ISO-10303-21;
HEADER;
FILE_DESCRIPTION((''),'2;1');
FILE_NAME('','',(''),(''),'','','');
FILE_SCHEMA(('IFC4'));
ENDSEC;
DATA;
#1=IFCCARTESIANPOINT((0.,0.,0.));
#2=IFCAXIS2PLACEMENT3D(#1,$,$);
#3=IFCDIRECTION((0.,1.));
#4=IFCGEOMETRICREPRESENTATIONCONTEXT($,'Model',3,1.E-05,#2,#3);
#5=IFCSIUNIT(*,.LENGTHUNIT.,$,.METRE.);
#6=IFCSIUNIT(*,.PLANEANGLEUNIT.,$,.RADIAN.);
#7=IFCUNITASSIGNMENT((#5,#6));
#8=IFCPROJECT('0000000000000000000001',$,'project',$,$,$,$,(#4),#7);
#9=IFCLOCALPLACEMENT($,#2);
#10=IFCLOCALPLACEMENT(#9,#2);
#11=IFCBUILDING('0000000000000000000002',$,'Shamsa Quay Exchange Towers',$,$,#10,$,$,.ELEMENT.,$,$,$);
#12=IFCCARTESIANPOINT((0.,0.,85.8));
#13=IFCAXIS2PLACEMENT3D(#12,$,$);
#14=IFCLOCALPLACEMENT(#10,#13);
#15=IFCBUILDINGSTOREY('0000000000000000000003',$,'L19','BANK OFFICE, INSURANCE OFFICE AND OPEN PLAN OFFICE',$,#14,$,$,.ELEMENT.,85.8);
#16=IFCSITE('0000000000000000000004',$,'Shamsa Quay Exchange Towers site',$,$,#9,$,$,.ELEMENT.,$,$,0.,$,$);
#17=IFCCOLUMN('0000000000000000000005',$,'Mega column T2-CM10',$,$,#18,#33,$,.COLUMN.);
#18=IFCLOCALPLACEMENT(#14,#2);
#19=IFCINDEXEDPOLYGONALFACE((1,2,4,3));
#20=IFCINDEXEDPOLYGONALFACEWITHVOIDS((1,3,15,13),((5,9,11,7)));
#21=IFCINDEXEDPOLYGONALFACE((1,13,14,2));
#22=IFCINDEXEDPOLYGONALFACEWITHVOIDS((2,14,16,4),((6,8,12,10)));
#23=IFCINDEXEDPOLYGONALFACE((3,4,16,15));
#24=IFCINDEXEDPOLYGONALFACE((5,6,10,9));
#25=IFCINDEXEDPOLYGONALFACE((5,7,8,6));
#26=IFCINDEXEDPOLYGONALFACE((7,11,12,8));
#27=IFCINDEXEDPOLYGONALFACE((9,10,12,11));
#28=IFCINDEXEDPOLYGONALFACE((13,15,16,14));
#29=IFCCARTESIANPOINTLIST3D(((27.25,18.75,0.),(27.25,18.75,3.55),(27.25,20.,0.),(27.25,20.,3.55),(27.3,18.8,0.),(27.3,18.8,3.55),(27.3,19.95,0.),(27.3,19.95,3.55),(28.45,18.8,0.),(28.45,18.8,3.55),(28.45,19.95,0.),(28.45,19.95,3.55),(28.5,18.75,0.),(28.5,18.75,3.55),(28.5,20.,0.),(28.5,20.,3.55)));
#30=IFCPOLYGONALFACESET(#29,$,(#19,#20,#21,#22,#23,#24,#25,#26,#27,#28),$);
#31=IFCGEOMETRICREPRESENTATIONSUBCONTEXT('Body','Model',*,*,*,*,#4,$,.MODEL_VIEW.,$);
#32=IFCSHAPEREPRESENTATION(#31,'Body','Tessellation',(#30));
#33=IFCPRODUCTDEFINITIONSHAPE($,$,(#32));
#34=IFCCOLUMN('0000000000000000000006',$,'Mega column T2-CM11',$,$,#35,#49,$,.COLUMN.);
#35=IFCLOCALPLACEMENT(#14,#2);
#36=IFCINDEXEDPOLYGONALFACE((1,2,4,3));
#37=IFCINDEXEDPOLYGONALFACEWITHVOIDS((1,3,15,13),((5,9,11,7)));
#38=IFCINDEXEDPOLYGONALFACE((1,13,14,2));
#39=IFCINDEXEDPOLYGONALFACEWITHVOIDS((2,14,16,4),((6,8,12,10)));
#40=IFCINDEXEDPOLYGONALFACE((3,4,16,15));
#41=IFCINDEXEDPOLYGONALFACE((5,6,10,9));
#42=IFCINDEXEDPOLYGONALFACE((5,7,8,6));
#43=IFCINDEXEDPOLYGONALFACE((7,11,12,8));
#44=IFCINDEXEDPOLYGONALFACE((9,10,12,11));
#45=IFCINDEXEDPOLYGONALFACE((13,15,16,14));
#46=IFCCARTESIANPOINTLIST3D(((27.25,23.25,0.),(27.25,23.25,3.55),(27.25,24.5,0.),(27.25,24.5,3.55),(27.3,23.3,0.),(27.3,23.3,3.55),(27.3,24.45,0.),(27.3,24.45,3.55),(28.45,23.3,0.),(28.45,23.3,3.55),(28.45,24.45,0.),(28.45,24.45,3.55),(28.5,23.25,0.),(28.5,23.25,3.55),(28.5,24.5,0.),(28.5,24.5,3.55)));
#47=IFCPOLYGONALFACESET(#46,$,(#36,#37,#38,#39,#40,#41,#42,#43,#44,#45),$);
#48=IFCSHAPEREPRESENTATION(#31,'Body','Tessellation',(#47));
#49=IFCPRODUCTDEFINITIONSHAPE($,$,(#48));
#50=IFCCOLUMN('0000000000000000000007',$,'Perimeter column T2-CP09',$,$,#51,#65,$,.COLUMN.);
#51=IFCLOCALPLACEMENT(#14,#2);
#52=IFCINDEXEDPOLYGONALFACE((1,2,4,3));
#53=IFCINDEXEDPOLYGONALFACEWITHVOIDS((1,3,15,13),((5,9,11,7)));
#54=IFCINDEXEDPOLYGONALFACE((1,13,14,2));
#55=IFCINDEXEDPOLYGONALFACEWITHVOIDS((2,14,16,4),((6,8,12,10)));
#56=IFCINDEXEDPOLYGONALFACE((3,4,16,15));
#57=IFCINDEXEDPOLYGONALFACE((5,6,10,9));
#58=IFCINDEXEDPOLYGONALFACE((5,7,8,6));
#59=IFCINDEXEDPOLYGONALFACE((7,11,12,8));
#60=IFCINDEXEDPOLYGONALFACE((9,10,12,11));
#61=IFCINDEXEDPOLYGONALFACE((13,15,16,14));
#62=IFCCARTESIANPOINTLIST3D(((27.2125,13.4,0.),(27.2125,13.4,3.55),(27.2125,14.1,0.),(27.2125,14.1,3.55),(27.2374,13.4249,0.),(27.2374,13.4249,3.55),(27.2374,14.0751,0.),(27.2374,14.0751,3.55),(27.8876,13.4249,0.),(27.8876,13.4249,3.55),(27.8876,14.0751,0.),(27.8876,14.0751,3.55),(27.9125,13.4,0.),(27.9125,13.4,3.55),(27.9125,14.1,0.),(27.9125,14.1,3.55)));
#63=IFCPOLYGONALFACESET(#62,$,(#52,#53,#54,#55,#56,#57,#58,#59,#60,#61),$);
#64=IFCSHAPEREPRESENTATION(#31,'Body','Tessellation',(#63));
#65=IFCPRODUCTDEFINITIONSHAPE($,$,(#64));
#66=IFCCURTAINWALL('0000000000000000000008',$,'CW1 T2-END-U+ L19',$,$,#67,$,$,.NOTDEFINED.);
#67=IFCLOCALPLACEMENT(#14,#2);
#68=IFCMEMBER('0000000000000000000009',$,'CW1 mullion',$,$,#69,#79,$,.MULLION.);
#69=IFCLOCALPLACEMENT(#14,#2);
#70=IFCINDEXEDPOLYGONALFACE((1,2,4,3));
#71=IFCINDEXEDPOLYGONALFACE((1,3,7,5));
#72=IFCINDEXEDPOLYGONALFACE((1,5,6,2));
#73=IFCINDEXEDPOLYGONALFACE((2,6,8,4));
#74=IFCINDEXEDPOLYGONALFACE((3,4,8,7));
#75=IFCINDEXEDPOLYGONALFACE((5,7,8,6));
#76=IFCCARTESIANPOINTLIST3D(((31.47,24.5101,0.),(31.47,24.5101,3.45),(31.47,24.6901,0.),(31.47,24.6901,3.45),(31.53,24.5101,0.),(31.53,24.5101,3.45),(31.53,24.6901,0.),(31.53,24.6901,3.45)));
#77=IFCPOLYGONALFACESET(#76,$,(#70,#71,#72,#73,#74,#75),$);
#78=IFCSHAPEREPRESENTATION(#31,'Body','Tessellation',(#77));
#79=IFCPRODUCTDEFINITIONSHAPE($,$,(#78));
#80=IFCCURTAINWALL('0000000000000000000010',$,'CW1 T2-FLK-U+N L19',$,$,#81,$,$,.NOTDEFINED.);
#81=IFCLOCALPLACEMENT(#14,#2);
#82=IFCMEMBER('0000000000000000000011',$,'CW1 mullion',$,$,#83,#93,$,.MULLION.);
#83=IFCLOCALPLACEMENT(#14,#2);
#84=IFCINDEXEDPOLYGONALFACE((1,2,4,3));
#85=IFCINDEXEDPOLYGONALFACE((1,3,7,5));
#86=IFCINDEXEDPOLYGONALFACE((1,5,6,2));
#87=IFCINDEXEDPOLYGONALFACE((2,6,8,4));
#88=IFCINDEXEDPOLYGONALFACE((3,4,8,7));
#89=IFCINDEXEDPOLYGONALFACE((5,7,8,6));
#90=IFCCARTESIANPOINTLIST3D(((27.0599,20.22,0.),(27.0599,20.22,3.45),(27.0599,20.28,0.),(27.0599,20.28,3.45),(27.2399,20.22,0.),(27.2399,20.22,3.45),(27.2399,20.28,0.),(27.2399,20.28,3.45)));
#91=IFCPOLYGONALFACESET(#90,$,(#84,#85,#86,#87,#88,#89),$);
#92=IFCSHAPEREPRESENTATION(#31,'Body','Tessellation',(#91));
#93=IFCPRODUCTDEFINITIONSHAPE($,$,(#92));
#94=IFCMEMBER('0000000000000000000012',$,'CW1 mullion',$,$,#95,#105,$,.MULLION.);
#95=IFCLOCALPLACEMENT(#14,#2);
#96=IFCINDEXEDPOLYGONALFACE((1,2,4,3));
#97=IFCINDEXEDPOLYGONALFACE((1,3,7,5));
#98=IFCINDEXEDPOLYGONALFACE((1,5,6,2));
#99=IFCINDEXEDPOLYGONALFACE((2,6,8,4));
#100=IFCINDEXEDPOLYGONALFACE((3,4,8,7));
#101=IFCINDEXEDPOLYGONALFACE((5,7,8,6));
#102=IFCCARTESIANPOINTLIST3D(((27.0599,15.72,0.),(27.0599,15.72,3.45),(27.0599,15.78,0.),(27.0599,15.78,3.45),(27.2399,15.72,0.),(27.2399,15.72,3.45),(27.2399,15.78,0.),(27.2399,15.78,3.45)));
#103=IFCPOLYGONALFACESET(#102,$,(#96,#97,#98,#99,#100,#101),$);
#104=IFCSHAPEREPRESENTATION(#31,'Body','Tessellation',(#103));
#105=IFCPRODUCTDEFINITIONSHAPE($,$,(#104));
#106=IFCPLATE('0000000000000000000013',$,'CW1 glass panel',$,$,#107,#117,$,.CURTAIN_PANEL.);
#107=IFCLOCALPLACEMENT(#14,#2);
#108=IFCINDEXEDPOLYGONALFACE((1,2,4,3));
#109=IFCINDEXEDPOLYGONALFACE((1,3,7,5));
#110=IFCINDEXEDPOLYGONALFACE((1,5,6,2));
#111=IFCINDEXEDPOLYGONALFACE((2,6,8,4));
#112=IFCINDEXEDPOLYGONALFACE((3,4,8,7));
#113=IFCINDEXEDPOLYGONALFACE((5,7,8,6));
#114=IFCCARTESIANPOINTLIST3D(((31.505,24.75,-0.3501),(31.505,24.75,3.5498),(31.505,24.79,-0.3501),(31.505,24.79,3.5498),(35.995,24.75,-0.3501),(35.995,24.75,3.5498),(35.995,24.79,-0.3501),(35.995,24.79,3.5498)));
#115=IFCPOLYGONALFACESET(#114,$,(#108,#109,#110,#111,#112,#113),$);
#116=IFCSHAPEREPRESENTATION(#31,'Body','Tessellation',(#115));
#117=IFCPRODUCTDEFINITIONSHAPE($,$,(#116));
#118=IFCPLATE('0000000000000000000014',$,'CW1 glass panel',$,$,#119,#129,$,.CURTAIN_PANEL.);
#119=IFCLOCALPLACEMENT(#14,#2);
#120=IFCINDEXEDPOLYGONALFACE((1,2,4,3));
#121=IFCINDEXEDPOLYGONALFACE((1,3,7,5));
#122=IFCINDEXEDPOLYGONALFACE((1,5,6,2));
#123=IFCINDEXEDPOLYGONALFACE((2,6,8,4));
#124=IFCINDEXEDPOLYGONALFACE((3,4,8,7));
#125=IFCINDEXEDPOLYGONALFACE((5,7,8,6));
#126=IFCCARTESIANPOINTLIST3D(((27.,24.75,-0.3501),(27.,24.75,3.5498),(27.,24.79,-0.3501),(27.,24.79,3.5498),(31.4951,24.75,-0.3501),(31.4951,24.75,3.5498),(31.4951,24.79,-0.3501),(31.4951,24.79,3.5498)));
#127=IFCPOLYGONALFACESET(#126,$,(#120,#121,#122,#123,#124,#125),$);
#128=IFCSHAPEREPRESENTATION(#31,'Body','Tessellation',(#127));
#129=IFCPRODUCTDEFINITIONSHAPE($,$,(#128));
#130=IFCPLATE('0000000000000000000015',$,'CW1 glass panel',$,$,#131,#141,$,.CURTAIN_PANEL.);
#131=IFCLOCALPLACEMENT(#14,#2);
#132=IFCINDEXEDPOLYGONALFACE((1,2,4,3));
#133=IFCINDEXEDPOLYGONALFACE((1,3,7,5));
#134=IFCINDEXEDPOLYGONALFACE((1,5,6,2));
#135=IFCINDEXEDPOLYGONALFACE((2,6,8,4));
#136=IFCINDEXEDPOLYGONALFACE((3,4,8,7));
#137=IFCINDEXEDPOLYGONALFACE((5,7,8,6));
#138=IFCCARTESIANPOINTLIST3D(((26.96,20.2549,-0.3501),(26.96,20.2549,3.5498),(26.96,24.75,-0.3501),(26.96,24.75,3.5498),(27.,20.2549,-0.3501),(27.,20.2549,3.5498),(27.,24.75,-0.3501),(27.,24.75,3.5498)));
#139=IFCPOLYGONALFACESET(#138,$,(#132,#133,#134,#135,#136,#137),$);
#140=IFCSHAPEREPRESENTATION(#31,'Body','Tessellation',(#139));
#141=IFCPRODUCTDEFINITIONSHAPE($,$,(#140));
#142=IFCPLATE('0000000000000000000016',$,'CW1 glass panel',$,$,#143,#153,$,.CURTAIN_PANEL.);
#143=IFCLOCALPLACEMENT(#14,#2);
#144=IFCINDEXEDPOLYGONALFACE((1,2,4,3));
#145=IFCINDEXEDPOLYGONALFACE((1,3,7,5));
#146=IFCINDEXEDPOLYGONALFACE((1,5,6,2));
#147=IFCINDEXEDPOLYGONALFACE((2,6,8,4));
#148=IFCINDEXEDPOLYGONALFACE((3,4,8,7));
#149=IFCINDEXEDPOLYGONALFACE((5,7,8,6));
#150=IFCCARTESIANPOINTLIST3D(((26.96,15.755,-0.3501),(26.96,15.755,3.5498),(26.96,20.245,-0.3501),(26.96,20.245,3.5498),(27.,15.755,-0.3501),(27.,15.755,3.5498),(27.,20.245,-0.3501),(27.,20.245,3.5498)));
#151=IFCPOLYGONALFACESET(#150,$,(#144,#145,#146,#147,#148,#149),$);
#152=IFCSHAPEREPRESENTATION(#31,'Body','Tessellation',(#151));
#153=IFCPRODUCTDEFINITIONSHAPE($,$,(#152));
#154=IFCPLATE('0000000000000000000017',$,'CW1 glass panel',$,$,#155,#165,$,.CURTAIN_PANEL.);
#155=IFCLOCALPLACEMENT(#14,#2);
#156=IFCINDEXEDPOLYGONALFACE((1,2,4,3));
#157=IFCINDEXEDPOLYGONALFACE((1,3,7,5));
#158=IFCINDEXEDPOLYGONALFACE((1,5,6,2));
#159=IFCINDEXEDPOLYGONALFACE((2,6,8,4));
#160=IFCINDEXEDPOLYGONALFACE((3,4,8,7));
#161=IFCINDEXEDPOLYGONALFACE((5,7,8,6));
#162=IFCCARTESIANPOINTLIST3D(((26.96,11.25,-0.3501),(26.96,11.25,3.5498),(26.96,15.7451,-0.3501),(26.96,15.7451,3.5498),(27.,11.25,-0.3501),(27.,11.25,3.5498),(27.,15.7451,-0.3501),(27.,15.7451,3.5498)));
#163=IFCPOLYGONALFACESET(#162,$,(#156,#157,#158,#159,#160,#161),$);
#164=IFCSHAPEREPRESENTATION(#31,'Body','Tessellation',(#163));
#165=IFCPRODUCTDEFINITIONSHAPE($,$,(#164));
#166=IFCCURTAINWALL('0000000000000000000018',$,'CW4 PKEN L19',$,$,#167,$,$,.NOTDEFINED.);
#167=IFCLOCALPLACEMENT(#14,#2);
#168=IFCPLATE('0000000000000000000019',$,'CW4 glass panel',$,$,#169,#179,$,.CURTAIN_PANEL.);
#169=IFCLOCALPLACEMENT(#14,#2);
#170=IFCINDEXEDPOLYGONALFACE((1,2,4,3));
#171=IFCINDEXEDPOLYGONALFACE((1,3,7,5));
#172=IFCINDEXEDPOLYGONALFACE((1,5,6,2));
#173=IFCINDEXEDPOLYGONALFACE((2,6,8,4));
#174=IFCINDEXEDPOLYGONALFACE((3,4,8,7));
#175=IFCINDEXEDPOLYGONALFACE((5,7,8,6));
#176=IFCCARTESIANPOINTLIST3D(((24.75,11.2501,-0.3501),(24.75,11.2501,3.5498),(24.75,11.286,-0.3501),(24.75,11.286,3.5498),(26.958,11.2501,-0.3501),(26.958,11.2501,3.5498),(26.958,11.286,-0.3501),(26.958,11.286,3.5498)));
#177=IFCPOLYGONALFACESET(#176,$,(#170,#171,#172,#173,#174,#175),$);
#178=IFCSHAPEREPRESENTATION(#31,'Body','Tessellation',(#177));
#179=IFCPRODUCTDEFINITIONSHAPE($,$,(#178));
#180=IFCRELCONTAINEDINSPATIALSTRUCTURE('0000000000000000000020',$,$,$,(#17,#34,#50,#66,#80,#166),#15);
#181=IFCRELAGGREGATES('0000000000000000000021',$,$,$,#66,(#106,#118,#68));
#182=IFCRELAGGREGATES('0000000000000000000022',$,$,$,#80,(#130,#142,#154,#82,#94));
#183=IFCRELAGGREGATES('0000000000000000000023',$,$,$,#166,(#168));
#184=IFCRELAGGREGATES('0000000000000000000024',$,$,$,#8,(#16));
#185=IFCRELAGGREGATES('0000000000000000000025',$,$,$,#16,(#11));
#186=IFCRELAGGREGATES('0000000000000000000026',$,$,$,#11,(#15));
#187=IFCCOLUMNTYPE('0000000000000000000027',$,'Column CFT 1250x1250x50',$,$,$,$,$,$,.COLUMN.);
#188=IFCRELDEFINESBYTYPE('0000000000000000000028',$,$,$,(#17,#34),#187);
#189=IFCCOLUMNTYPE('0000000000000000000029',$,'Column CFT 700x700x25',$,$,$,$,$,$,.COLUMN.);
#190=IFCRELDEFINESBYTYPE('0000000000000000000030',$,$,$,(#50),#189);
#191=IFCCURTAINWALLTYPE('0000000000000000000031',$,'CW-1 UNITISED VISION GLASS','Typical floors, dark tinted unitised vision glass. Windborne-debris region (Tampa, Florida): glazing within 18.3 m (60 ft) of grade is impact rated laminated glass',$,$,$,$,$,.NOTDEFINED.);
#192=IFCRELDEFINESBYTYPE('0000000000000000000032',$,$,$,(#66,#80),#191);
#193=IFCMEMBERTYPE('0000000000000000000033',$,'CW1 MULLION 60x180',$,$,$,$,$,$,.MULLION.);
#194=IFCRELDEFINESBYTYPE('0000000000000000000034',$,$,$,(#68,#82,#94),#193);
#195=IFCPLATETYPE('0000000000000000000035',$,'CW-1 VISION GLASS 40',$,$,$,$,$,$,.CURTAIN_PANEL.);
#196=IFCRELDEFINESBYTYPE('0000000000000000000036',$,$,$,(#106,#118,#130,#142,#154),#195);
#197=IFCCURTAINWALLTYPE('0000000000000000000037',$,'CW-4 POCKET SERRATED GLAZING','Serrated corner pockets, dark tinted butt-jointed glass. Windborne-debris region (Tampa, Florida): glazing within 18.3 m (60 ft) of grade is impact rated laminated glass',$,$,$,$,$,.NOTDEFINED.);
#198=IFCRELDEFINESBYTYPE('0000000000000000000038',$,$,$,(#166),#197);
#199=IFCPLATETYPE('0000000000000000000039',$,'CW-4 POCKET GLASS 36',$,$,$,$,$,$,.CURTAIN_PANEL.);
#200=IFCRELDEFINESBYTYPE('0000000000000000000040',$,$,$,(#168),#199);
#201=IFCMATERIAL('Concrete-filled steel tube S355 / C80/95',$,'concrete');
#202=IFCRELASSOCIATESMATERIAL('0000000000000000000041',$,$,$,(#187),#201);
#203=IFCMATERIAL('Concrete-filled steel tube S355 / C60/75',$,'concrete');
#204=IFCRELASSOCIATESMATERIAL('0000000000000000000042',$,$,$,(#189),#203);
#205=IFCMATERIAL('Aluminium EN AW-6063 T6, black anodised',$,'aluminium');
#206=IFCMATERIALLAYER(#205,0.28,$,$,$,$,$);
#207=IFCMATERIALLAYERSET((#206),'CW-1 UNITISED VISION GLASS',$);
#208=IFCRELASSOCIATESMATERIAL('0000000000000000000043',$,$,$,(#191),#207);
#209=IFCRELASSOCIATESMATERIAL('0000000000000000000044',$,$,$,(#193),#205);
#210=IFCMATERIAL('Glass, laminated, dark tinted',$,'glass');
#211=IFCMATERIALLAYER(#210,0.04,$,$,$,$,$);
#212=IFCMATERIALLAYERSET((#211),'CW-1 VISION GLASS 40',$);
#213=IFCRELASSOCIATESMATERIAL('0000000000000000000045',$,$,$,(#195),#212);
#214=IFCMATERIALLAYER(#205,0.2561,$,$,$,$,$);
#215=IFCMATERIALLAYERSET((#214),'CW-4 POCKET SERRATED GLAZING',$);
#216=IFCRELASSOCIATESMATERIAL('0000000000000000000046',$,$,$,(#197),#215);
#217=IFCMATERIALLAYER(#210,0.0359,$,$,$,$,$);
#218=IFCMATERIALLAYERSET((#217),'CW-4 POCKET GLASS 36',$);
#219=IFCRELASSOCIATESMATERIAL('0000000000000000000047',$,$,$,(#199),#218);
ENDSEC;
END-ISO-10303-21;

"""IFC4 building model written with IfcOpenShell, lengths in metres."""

from ifc_helpers import new_model, si_unit, direction, frame, origin, origin_2d, place, context, subcontext, project, spatial, rectangle, hollow_rectangle, extrude, material, layer, layer_set, material_profile, profile_set, type_object, element, aggregate, save


model = new_model("IFC4")

# Units and contexts
model_context = context("Model", 3, precision=1e-05, world=origin(), true_north=direction((0.0, 1.0)))
body_context = subcontext(model_context, "Body", "Model", "MODEL_VIEW")
ifc_project = project(units=[si_unit("LENGTHUNIT", "METRE"), si_unit("PLANEANGLEUNIT", "RADIAN")], contexts=[model_context])

# Site, building, storey
site_placement = place(None, origin())
site = spatial("IfcSite", under=ifc_project, at=site_placement, Name="Shamsa Quay Exchange Towers site", CompositionType="ELEMENT", RefElevation=0.0)
building_placement = place(site_placement, origin())
building = spatial("IfcBuilding", under=site, at=building_placement, Name="Shamsa Quay Exchange Towers", CompositionType="ELEMENT")
storey_placement = place(building_placement, frame((0.0, 0.0, 85.8)))
storey = spatial("IfcBuildingStorey", under=building, at=storey_placement, Name="L19", Description="BANK OFFICE, INSURANCE OFFICE AND OPEN PLAN OFFICE", CompositionType="ELEMENT", Elevation=85.8)

# Columns
ifc_material_1 = material(Name="Concrete-filled steel tube S355 / C80/95", Category="concrete")
ifc_material_profile_1 = material_profile(ifc_material_1, hollow_rectangle(XDim=1.25, YDim=1.25, WallThickness=0.05, at=origin_2d()), Name="CFT 1250x1250x50")
ifc_profile_set_1 = profile_set([ifc_material_profile_1], Name="Concrete-filled steel tube S355 / C80/95")
column_type_1 = type_object("IfcColumnType", Name="Column CFT 1250x1250x50", PredefinedType="COLUMN", material=ifc_profile_set_1)
for number, where, name in (
    (1, (27.875, 19.375, 0.0), "Mega column T2-CM10"),
    (2, (27.875, 23.875, 0.0), "Mega column T2-CM11"),
):
    element("IfcColumn", number, at=place(storey_placement, frame(where)), inside=storey, type_object=column_type_1, Name=name, PredefinedType="COLUMN", context=body_context, shape_type="SweptSolid", body=[
        extrude(hollow_rectangle(XDim=1.25, YDim=1.25, WallThickness=0.05, at=origin_2d()), origin(), (0.0, 0.0, 1.0), 3.55),
    ])
ifc_material_2 = material(Name="Concrete-filled steel tube S355 / C60/75", Category="concrete")
ifc_material_profile_2 = material_profile(ifc_material_2, hollow_rectangle(XDim=0.7, YDim=0.7, WallThickness=0.0249, at=origin_2d()), Name="CFT 700x700x25")
ifc_profile_set_2 = profile_set([ifc_material_profile_2], Name="Concrete-filled steel tube S355 / C60/75")
column_type_2 = type_object("IfcColumnType", Name="Column CFT 700x700x25", PredefinedType="COLUMN", material=ifc_profile_set_2)
column_placement = place(storey_placement, frame((27.5625, 13.75, 0.0)))
element("IfcColumn", 3, at=column_placement, inside=storey, type_object=column_type_2, Name="Perimeter column T2-CP09", PredefinedType="COLUMN", context=body_context, shape_type="SweptSolid", body=[
    extrude(hollow_rectangle(XDim=0.7, YDim=0.7, WallThickness=0.0249, at=origin_2d()), origin(), (0.0, 0.0, 1.0), 3.55),
])

# Curtain wall, member
ifc_material_3 = material(Name="Aluminium EN AW-6063 T6, black anodised", Category="aluminium")
ifc_layer_1 = layer(ifc_material_3, 0.28)
ifc_layer_set_1 = layer_set([ifc_layer_1], Name="CW-1 UNITISED VISION GLASS")
curtain_wall_type_1 = type_object("IfcCurtainWallType", Name="CW-1 UNITISED VISION GLASS", Description="Typical floors, dark tinted unitised vision glass. Windborne-debris region (Tampa, Florida): glazing within 18.3 m (60 ft) of grade is impact rated laminated glass", PredefinedType="NOTDEFINED", material=ifc_layer_set_1)
curtain_wall_1_placement = place(storey_placement, origin())
curtain_wall_1 = element("IfcCurtainWall", 4, at=curtain_wall_1_placement, inside=storey, type_object=curtain_wall_type_1, Name="CW1 T2-END-U+ L19", PredefinedType="NOTDEFINED")
ifc_material_profile_3 = material_profile(ifc_material_3, rectangle(XDim=0.1799, YDim=0.0601, at=origin_2d()), Name="MU60x180")
ifc_profile_set_3 = profile_set([ifc_material_profile_3], Name="Aluminium EN AW-6063 T6, black anodised")
member_type = type_object("IfcMemberType", Name="CW1 MULLION 60x180", PredefinedType="MULLION", material=ifc_profile_set_3)
member_1_placement = place(storey_placement, frame((31.5, 24.6001, 0.0), z_axis=(0.0, 0.0, 1.0), x_axis=(0.0, -1.0, 0.0)))
member_1 = element("IfcMember", 5, at=member_1_placement, type_object=member_type, Name="CW1 mullion", PredefinedType="MULLION", context=body_context, shape_type="SweptSolid", body=[
    extrude(rectangle(XDim=0.1799, YDim=0.0601, at=origin_2d()), origin(), (0.0, 0.0, 1.0), 3.45),
])

# Curtain wall, members
curtain_wall_2_placement = place(storey_placement, origin())
curtain_wall_2 = element("IfcCurtainWall", 6, at=curtain_wall_2_placement, inside=storey, type_object=curtain_wall_type_1, Name="CW1 T2-FLK-U+N L19", PredefinedType="NOTDEFINED")
member_2_placement = place(storey_placement, frame((27.1499, 20.25, 0.0)))
member_2 = element("IfcMember", 7, at=member_2_placement, type_object=member_type, Name="CW1 mullion", PredefinedType="MULLION", context=body_context, shape_type="SweptSolid", body=[
    extrude(rectangle(XDim=0.1799, YDim=0.0601, at=origin_2d()), origin(), (0.0, 0.0, 1.0), 3.45),
])
member_3_placement = place(storey_placement, frame((27.1499, 15.75, 0.0)))
member_3 = element("IfcMember", 8, at=member_3_placement, type_object=member_type, Name="CW1 mullion", PredefinedType="MULLION", context=body_context, shape_type="SweptSolid", body=[
    extrude(rectangle(XDim=0.1799, YDim=0.0601, at=origin_2d()), origin(), (0.0, 0.0, 1.0), 3.45),
])

# Plates
ifc_material_4 = material(Name="Glass, laminated, dark tinted", Category="glass")
ifc_layer_2 = layer(ifc_material_4, 0.04)
ifc_layer_set_2 = layer_set([ifc_layer_2], Name="CW-1 VISION GLASS 40")
plate_type_1 = type_object("IfcPlateType", Name="CW-1 VISION GLASS 40", PredefinedType="CURTAIN_PANEL", material=ifc_layer_set_2)
plate_1_placement = place(storey_placement, frame((33.75, 24.77, -0.3501), z_axis=(0.0, 0.0, 1.0), x_axis=(-1.0, 0.0, 0.0)))
plate_1 = element("IfcPlate", 9, at=plate_1_placement, type_object=plate_type_1, Name="CW1 glass panel", PredefinedType="CURTAIN_PANEL", context=body_context, shape_type="SweptSolid", body=[
    extrude(rectangle(XDim=4.49, YDim=0.04, at=origin_2d()), origin(), (0.0, 0.0, 1.0), 3.8999),
])
plate_2_placement = place(storey_placement, frame((29.2476, 24.77, -0.3501), z_axis=(0.0, 0.0, 1.0), x_axis=(-1.0, 0.0, 0.0)))
plate_2 = element("IfcPlate", 10, at=plate_2_placement, type_object=plate_type_1, Name="CW1 glass panel", PredefinedType="CURTAIN_PANEL", context=body_context, shape_type="SweptSolid", body=[
    extrude(rectangle(XDim=4.4951, YDim=0.04, at=origin_2d()), origin(), (0.0, 0.0, 1.0), 3.8999),
])
aggregate(curtain_wall_1, [plate_1, plate_2, member_1])
plate_3_placement = place(storey_placement, frame((26.98, 22.5024, -0.3501), z_axis=(0.0, 0.0, 1.0), x_axis=(0.0, -1.0, 0.0)))
plate_3 = element("IfcPlate", 11, at=plate_3_placement, type_object=plate_type_1, Name="CW1 glass panel", PredefinedType="CURTAIN_PANEL", context=body_context, shape_type="SweptSolid", body=[
    extrude(rectangle(XDim=4.4951, YDim=0.04, at=origin_2d()), origin(), (0.0, 0.0, 1.0), 3.8999),
])
plate_4_placement = place(storey_placement, frame((26.98, 18.0, -0.3501), z_axis=(0.0, 0.0, 1.0), x_axis=(0.0, -1.0, 0.0)))
plate_4 = element("IfcPlate", 12, at=plate_4_placement, type_object=plate_type_1, Name="CW1 glass panel", PredefinedType="CURTAIN_PANEL", context=body_context, shape_type="SweptSolid", body=[
    extrude(rectangle(XDim=4.49, YDim=0.04, at=origin_2d()), origin(), (0.0, 0.0, 1.0), 3.8999),
])
plate_5_placement = place(storey_placement, frame((26.98, 13.4976, -0.3501), z_axis=(0.0, 0.0, 1.0), x_axis=(0.0, -1.0, 0.0)))
plate_5 = element("IfcPlate", 13, at=plate_5_placement, type_object=plate_type_1, Name="CW1 glass panel", PredefinedType="CURTAIN_PANEL", context=body_context, shape_type="SweptSolid", body=[
    extrude(rectangle(XDim=4.4951, YDim=0.04, at=origin_2d()), origin(), (0.0, 0.0, 1.0), 3.8999),
])
aggregate(curtain_wall_2, [plate_3, plate_4, plate_5, member_2, member_3])

# Curtain wall, plate
ifc_layer_3 = layer(ifc_material_3, 0.2561)
ifc_layer_set_3 = layer_set([ifc_layer_3], Name="CW-4 POCKET SERRATED GLAZING")
curtain_wall_type_2 = type_object("IfcCurtainWallType", Name="CW-4 POCKET SERRATED GLAZING", Description="Serrated corner pockets, dark tinted butt-jointed glass. Windborne-debris region (Tampa, Florida): glazing within 18.3 m (60 ft) of grade is impact rated laminated glass", PredefinedType="NOTDEFINED", material=ifc_layer_set_3)
curtain_wall_3_placement = place(storey_placement, origin())
curtain_wall_3 = element("IfcCurtainWall", 14, at=curtain_wall_3_placement, inside=storey, type_object=curtain_wall_type_2, Name="CW4 PKEN L19", PredefinedType="NOTDEFINED")
ifc_layer_4 = layer(ifc_material_4, 0.0359)
ifc_layer_set_4 = layer_set([ifc_layer_4], Name="CW-4 POCKET GLASS 36")
plate_type_2 = type_object("IfcPlateType", Name="CW-4 POCKET GLASS 36", PredefinedType="CURTAIN_PANEL", material=ifc_layer_set_4)
plate_6_placement = place(storey_placement, frame((25.854, 11.2681, -0.3501), z_axis=(0.0, 0.0, 1.0), x_axis=(-1.0, 0.0, 0.0)))
plate_6 = element("IfcPlate", 15, at=plate_6_placement, type_object=plate_type_2, Name="CW4 glass panel", PredefinedType="CURTAIN_PANEL", context=body_context, shape_type="SweptSolid", body=[
    extrude(rectangle(XDim=2.208, YDim=0.0359, at=origin_2d()), origin(), (0.0, 0.0, 1.0), 3.8999),
])
aggregate(curtain_wall_3, [plate_6])

save(model, "model.ifc")
